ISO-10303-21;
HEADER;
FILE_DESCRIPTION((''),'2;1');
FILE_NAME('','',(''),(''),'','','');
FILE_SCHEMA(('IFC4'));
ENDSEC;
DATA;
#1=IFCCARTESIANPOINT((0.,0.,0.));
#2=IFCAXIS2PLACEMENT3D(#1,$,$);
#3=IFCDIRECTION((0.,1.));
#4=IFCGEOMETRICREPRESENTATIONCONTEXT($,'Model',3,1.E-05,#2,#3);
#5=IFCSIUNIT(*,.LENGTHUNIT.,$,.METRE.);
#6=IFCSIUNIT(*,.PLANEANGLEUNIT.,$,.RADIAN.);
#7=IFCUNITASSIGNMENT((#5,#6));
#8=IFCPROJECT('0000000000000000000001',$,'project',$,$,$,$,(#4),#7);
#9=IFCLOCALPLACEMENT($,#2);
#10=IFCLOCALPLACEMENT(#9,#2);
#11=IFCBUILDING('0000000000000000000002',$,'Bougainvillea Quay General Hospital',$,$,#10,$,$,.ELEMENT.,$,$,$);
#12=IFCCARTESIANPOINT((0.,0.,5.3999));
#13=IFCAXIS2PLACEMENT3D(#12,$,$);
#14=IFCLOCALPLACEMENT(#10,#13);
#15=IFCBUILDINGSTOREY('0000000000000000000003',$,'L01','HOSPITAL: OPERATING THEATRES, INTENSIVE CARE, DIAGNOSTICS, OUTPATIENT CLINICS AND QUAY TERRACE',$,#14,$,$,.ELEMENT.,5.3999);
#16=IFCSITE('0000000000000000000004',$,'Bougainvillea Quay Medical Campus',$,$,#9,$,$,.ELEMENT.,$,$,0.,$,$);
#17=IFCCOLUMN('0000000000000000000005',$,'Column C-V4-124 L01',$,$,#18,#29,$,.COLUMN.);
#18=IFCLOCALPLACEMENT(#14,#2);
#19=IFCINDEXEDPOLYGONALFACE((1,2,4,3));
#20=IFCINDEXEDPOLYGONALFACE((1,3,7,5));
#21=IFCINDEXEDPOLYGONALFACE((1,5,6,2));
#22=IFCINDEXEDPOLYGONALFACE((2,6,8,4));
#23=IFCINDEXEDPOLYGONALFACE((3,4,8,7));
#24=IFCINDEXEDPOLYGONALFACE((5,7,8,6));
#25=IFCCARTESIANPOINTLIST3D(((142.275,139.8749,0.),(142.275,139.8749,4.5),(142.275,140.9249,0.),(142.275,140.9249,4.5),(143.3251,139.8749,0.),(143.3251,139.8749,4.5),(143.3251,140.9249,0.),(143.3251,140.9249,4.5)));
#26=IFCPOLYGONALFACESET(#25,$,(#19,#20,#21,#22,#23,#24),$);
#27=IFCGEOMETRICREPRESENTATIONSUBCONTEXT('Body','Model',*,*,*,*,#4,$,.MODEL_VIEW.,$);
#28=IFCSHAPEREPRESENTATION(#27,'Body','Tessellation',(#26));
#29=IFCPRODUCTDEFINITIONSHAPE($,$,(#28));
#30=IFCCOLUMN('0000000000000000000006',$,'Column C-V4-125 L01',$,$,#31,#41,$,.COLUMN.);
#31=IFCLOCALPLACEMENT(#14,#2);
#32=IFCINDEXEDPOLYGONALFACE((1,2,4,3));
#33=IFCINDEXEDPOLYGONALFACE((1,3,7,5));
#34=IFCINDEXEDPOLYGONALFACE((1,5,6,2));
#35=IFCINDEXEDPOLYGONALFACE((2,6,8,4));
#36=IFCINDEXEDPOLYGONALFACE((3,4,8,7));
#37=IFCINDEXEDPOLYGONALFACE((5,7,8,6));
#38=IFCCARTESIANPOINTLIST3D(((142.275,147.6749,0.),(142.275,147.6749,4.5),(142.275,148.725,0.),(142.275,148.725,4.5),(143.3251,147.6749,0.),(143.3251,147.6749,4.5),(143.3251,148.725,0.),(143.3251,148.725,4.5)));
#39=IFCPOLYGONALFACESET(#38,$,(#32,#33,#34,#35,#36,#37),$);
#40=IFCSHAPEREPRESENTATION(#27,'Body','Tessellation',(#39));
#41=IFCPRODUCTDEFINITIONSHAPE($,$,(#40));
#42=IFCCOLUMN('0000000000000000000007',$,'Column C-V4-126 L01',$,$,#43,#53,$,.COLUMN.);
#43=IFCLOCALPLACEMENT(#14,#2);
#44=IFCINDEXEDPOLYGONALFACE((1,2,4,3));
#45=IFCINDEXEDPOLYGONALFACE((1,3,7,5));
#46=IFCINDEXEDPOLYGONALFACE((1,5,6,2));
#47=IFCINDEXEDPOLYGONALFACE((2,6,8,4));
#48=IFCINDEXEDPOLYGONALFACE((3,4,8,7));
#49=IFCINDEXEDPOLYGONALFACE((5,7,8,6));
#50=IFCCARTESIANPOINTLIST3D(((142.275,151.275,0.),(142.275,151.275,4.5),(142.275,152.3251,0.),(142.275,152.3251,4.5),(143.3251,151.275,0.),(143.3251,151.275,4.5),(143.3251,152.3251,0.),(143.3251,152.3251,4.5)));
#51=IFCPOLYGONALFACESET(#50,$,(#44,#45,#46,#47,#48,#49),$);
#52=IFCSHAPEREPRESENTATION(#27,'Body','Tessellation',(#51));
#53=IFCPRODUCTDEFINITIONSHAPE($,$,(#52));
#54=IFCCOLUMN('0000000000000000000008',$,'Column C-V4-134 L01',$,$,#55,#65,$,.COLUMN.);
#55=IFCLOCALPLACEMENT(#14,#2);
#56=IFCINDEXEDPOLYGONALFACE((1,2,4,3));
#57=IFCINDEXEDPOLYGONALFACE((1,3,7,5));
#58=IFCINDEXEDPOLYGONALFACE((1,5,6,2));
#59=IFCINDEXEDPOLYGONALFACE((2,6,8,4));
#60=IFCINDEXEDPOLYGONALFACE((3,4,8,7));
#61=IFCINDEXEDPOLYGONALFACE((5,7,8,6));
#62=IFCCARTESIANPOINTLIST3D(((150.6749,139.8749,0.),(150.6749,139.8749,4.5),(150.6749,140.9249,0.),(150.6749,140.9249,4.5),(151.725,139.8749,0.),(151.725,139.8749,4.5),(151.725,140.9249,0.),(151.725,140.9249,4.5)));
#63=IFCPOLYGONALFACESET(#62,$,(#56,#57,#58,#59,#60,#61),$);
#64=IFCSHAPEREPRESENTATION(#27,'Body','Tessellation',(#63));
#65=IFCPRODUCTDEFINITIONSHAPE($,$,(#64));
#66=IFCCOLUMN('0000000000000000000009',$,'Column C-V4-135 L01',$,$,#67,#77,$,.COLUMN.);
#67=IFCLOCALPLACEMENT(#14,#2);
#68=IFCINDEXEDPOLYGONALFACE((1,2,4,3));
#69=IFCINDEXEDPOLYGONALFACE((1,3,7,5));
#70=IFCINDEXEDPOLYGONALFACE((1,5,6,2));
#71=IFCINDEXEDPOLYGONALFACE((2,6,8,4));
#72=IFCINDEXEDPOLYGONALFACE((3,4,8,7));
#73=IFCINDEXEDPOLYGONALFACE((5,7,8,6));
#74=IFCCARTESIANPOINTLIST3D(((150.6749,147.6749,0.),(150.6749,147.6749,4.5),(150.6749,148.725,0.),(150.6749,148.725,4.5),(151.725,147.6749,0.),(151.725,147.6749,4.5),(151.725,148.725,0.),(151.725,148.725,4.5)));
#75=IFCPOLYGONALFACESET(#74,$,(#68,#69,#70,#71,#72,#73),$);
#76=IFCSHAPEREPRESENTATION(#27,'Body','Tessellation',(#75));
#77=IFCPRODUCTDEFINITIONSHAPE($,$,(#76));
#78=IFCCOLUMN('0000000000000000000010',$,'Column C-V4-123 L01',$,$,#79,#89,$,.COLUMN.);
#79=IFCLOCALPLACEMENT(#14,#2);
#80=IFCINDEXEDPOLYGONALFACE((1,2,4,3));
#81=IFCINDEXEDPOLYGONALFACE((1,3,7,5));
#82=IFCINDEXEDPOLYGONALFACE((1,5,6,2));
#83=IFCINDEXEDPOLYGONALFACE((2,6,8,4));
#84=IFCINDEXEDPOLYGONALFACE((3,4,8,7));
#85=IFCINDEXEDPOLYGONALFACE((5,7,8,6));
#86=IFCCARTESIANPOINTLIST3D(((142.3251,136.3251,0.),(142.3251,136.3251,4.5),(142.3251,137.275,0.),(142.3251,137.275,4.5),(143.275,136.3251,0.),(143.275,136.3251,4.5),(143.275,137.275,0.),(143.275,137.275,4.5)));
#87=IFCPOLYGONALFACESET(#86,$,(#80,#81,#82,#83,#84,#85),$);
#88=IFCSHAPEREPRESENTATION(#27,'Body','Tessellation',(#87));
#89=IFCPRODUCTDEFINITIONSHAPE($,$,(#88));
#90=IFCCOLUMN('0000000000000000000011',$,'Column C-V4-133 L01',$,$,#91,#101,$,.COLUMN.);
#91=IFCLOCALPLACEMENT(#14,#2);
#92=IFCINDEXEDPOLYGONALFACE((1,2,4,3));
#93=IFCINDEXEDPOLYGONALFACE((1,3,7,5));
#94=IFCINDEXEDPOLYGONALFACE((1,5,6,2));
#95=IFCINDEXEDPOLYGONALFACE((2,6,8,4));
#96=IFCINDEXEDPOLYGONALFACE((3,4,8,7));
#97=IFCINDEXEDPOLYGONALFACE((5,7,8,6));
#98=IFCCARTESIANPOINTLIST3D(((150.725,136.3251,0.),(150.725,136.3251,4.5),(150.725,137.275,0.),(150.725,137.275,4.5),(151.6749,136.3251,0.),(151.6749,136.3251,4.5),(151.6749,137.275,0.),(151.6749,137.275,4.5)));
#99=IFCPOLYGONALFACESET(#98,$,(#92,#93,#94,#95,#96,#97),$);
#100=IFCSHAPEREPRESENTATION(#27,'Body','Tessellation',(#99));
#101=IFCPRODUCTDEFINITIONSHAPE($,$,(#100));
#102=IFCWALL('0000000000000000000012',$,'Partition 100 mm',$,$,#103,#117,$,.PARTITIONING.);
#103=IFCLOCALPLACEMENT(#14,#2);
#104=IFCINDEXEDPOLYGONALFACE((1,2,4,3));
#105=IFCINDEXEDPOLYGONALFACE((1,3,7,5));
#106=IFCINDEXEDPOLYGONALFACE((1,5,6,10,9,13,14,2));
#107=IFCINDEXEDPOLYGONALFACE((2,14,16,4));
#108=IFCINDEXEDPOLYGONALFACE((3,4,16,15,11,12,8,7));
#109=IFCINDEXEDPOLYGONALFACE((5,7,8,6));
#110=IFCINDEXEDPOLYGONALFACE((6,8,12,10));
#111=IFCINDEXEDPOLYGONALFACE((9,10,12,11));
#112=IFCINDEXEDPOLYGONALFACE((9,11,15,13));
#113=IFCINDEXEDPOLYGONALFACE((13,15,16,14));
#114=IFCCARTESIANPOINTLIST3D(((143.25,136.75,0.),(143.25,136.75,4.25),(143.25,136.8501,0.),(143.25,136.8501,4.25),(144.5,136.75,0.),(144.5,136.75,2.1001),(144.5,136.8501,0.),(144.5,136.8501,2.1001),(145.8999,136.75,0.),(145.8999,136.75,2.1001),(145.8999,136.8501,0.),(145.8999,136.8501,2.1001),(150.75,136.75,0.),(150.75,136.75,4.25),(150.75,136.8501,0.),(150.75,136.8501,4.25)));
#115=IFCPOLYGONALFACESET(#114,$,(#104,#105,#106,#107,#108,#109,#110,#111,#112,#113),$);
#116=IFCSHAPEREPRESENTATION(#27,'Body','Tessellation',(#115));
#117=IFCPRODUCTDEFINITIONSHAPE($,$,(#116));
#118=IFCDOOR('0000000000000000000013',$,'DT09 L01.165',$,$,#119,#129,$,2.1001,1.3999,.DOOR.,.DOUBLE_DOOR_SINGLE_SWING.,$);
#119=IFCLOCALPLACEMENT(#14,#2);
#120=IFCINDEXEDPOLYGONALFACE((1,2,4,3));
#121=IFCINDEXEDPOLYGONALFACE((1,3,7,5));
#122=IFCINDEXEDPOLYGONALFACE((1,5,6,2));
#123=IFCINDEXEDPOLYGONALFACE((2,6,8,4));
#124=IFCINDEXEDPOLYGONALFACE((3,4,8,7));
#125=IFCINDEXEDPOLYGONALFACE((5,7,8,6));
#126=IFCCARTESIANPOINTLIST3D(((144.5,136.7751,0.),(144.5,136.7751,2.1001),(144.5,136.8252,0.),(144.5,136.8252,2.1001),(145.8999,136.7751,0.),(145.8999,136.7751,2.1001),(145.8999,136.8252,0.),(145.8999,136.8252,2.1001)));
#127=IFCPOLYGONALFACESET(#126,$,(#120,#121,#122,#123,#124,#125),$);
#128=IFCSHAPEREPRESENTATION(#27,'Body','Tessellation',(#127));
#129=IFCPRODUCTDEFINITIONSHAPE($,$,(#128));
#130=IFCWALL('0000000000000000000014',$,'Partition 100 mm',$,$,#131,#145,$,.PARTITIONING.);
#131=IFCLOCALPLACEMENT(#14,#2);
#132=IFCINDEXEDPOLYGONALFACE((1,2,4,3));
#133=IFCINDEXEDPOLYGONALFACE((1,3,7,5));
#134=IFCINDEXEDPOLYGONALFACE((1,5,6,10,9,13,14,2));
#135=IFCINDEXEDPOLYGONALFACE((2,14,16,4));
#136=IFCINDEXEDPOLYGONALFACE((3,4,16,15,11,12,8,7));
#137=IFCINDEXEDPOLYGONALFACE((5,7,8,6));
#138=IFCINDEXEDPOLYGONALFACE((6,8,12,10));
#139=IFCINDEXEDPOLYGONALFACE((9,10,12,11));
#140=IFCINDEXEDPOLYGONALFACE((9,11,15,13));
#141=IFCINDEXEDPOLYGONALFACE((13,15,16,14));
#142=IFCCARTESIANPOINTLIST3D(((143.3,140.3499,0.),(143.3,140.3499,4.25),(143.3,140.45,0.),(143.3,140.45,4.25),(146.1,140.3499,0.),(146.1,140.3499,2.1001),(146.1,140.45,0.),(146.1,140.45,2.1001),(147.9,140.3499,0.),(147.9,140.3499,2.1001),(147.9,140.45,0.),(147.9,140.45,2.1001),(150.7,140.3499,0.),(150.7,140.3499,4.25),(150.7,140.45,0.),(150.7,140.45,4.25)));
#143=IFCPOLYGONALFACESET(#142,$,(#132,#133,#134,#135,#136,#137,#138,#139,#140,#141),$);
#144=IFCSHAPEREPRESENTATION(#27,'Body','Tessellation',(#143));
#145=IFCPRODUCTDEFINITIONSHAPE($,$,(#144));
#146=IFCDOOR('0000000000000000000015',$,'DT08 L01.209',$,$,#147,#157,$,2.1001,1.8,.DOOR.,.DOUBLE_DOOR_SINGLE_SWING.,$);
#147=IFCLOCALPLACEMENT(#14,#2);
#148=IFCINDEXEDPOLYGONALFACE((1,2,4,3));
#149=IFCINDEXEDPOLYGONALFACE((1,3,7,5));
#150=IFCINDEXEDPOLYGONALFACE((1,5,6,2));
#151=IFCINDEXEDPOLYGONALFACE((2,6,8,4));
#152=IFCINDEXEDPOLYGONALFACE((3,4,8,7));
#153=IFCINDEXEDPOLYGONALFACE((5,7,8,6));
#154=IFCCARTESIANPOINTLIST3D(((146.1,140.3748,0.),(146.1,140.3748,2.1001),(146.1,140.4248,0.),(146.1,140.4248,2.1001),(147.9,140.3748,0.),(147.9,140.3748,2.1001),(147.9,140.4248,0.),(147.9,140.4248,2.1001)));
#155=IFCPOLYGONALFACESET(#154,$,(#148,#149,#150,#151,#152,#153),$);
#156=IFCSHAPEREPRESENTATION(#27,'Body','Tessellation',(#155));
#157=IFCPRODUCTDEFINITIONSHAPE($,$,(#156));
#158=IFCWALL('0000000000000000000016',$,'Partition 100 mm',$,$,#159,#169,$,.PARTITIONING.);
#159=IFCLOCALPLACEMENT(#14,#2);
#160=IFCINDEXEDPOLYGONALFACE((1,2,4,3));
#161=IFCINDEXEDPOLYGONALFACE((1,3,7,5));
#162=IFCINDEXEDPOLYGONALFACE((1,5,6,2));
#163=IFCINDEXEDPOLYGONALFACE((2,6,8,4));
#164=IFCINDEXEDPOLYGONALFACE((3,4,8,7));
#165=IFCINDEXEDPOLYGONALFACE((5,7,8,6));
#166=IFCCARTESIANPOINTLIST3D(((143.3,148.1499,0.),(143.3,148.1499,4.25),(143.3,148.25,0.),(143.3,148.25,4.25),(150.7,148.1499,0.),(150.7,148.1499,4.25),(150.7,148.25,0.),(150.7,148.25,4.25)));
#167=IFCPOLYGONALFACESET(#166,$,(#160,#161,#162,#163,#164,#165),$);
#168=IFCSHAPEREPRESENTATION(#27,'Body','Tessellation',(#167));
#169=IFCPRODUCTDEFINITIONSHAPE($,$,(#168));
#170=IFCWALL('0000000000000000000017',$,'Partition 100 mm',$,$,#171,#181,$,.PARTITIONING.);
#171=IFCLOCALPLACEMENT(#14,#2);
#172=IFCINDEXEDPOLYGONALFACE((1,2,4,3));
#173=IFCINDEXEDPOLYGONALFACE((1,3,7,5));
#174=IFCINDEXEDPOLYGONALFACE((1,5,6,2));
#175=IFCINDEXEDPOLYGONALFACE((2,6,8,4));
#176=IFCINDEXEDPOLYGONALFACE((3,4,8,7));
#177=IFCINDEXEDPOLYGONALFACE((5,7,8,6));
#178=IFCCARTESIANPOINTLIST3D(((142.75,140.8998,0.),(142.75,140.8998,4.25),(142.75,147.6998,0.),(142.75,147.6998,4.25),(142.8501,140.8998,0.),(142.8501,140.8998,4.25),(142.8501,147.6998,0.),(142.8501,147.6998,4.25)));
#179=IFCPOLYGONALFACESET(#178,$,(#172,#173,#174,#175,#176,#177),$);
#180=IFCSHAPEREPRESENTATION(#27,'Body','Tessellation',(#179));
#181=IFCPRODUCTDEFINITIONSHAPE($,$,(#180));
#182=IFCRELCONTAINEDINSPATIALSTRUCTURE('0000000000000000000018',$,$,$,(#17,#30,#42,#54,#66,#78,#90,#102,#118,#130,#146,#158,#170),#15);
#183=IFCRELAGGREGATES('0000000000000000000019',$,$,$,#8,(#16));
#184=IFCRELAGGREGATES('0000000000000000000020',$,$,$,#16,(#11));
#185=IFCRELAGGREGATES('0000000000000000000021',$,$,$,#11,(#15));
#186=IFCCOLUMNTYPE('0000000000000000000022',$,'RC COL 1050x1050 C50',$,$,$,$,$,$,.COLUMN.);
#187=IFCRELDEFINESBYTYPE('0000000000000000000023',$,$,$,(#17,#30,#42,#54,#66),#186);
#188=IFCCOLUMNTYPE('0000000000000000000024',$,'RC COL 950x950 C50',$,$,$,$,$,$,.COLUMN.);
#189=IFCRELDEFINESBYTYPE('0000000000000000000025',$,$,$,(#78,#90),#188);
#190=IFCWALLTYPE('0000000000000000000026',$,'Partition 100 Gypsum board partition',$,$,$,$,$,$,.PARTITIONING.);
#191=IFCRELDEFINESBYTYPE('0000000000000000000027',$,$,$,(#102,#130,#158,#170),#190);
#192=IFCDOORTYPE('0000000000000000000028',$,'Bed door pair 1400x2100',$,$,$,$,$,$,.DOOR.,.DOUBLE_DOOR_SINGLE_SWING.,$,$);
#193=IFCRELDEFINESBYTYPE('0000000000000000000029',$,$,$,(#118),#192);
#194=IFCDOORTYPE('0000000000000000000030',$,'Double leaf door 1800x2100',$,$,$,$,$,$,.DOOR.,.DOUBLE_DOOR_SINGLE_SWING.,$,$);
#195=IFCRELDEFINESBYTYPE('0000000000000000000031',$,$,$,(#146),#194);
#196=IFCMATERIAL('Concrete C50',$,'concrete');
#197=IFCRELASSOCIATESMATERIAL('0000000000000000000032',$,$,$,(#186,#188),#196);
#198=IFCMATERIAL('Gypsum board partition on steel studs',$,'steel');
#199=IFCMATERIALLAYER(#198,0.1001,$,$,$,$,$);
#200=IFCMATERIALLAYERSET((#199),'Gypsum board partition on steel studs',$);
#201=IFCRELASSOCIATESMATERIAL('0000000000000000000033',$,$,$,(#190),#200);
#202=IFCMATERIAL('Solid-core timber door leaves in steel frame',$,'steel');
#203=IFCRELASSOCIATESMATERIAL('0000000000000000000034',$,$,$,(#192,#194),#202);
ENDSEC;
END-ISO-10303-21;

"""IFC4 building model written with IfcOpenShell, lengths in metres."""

from ifc_helpers import new_model, si_unit, direction, frame, frame_2d, origin, origin_2d, place, context, subcontext, project, spatial, rectangle, extrude, material, layer, layer_set, material_profile, profile_set, type_object, element, fill, save


model = new_model("IFC4")

# Units and contexts
model_context = context("Model", 3, precision=1e-05, world=origin(), true_north=direction((0.0, 1.0)))
body_context = subcontext(model_context, "Body", "Model", "MODEL_VIEW")
ifc_project = project(units=[si_unit("LENGTHUNIT", "METRE"), si_unit("PLANEANGLEUNIT", "RADIAN")], contexts=[model_context])

# Site, building, storey
site_placement = place(None, origin())
site = spatial("IfcSite", under=ifc_project, at=site_placement, Name="Bougainvillea Quay Medical Campus", CompositionType="ELEMENT", RefElevation=0.0)
building_placement = place(site_placement, origin())
building = spatial("IfcBuilding", under=site, at=building_placement, Name="Bougainvillea Quay General Hospital", CompositionType="ELEMENT")
storey_placement = place(building_placement, frame((0.0, 0.0, 5.3999)))
storey = spatial("IfcBuildingStorey", under=building, at=storey_placement, Name="L01", Description="HOSPITAL: OPERATING THEATRES, INTENSIVE CARE, DIAGNOSTICS, OUTPATIENT CLINICS AND QUAY TERRACE", CompositionType="ELEMENT", Elevation=5.3999)

# Columns
ifc_material_1 = material(Name="Concrete C50", Category="concrete")
ifc_material_profile_1 = material_profile(ifc_material_1, rectangle(XDim=1.05, YDim=1.05, at=origin_2d()))
ifc_profile_set_1 = profile_set([ifc_material_profile_1], Name="Concrete C50")
column_type_1 = type_object("IfcColumnType", Name="RC COL 1050x1050 C50", PredefinedType="COLUMN", material=ifc_profile_set_1)
for number, where, z_axis, x_axis, name in (
    (1, (142.8, 140.3999, 0.0), (0.0, 0.0, 1.0), (1.0, 0.0, 0.0), "Column C-V4-124 L01"),
    (2, (142.8, 148.2, 0.0), (0.0, 0.0, 1.0), (1.0, 0.0, 0.0), "Column C-V4-125 L01"),
    (3, (142.8, 151.8, 0.0), (0.0, 0.0, 1.0), (1.0, 0.0, 0.0), "Column C-V4-126 L01"),
    (4, (151.2, 140.3999, 0.0), (0.0, 0.0, 1.0), (1.0, 0.0, 0.0), "Column C-V4-134 L01"),
    (5, (151.2, 148.2, 0.0), (0.0, 0.0, 1.0), (1.0, 0.0, 0.0), "Column C-V4-135 L01"),
):
    element("IfcColumn", number, at=place(storey_placement, frame(where, z_axis=z_axis, x_axis=x_axis)), inside=storey, type_object=column_type_1, Name=name, PredefinedType="COLUMN", context=body_context, shape_type="SweptSolid", body=[
        extrude(rectangle(XDim=1.05, YDim=1.05, at=origin_2d()), origin(), (0.0, 0.0, 1.0), 4.5),
    ])
ifc_material_profile_2 = material_profile(ifc_material_1, rectangle(XDim=0.95, YDim=0.95, at=origin_2d()))
ifc_profile_set_2 = profile_set([ifc_material_profile_2], Name="Concrete C50")
column_type_2 = type_object("IfcColumnType", Name="RC COL 950x950 C50", PredefinedType="COLUMN", material=ifc_profile_set_2)
for number, where, z_axis, x_axis, name in (
    (6, (142.8, 136.8, 0.0), (0.0, 0.0, 1.0), (1.0, 0.0, 0.0), "Column C-V4-123 L01"),
    (7, (151.2, 136.8, 0.0), (0.0, 0.0, 1.0), (1.0, 0.0, 0.0), "Column C-V4-133 L01"),
):
    element("IfcColumn", number, at=place(storey_placement, frame(where, z_axis=z_axis, x_axis=x_axis)), inside=storey, type_object=column_type_2, Name=name, PredefinedType="COLUMN", context=body_context, shape_type="SweptSolid", body=[
        extrude(rectangle(XDim=0.95, YDim=0.95, at=origin_2d()), origin(), (0.0, 0.0, 1.0), 4.5),
    ])

# Walls, openings, doors
ifc_material_2 = material(Name="Gypsum board partition on steel studs", Category="steel")
ifc_layer_1 = layer(ifc_material_2, 0.1001)
ifc_layer_set_1 = layer_set([ifc_layer_1], Name="Gypsum board partition on steel studs")
wall_type_1 = type_object("IfcWallType", Name="Partition 100 Gypsum board partition", PredefinedType="PARTITIONING", material=ifc_layer_set_1)
wall_1_placement = place(storey_placement, frame((150.75, 136.8, 0.0), z_axis=(0.0, 0.0, 1.0), x_axis=(-1.0, 0.0, 0.0)))
wall_1 = element("IfcWall", 8, at=wall_1_placement, inside=storey, type_object=wall_type_1, Name="Partition 100 mm", PredefinedType="PARTITIONING", context=body_context, shape_type="SweptSolid", body=[
    extrude(rectangle(XDim=7.5, YDim=0.1001, at=frame_2d((3.75, 0.0))), origin(), (0.0, 0.0, 1.0), 4.25),
])
opening_1_placement = place(wall_1_placement, frame((4.8501, 0.0, 0.0)))
opening_1 = element("IfcOpeningElement", 9, at=opening_1_placement, cuts=wall_1, PredefinedType="OPENING", context=body_context, shape_type="SweptSolid", body=[
    extrude(rectangle(XDim=1.3999, YDim=2.1001, at=frame_2d((0.7, 1.05))), frame((0.0, 0.0601, 0.0), z_axis=(0.0, -1.0, 0.0), x_axis=(1.0, 0.0, 0.0)), (0.0, 0.0, 1.0), 0.1201),
])
ifc_material_3 = material(Name="Solid-core timber door leaves in steel frame", Category="steel")
door_type_1 = type_object("IfcDoorType", Name="Bed door pair 1400x2100", OperationType="DOUBLE_DOOR_SINGLE_SWING", PredefinedType="DOOR", material=ifc_material_3)
door_1_placement = place(opening_1_placement, origin())
door_1 = element("IfcDoor", 10, at=door_1_placement, inside=storey, type_object=door_type_1, Name="DT09 L01.165", OperationType="DOUBLE_DOOR_SINGLE_SWING", OverallHeight=2.1001, OverallWidth=1.3999, PredefinedType="DOOR", context=body_context, shape_type="SweptSolid", body=[
    extrude(rectangle(XDim=1.3999, YDim=2.1001, at=frame_2d((0.7, 1.05))), frame((0.0, 0.0249, 0.0), z_axis=(0.0, -1.0, 0.0), x_axis=(1.0, 0.0, 0.0)), (0.0, 0.0, 1.0), 0.05),
])
fill(opening_1, door_1)
wall_2_placement = place(storey_placement, frame((143.3, 140.3999, 0.0), z_axis=(0.0, 0.0, 1.0), x_axis=(1.0, 0.0, 0.0)))
wall_2 = element("IfcWall", 11, at=wall_2_placement, inside=storey, type_object=wall_type_1, Name="Partition 100 mm", PredefinedType="PARTITIONING", context=body_context, shape_type="SweptSolid", body=[
    extrude(rectangle(XDim=7.3999, YDim=0.1001, at=frame_2d((3.7, 0.0))), origin(), (0.0, 0.0, 1.0), 4.25),
])
opening_2_placement = place(wall_2_placement, frame((2.8, 0.0, 0.0)))
opening_2 = element("IfcOpeningElement", 12, at=opening_2_placement, cuts=wall_2, PredefinedType="OPENING", context=body_context, shape_type="SweptSolid", body=[
    extrude(rectangle(XDim=1.8, YDim=2.1001, at=frame_2d((0.8999, 1.05))), frame((0.0, 0.0601, 0.0), z_axis=(0.0, -1.0, 0.0), x_axis=(1.0, 0.0, 0.0)), (0.0, 0.0, 1.0), 0.1201),
])
door_type_2 = type_object("IfcDoorType", Name="Double leaf door 1800x2100", OperationType="DOUBLE_DOOR_SINGLE_SWING", PredefinedType="DOOR", material=ifc_material_3)
door_2_placement = place(opening_2_placement, origin())
door_2 = element("IfcDoor", 13, at=door_2_placement, inside=storey, type_object=door_type_2, Name="DT08 L01.209", OperationType="DOUBLE_DOOR_SINGLE_SWING", OverallHeight=2.1001, OverallWidth=1.8, PredefinedType="DOOR", context=body_context, shape_type="SweptSolid", body=[
    extrude(rectangle(XDim=1.8, YDim=2.1001, at=frame_2d((0.8999, 1.05))), frame((0.0, 0.0249, 0.0), z_axis=(0.0, -1.0, 0.0), x_axis=(1.0, 0.0, 0.0)), (0.0, 0.0, 1.0), 0.05),
])
fill(opening_2, door_2)

# Walls
wall_3_placement = place(storey_placement, frame((143.3, 148.2, 0.0), z_axis=(0.0, 0.0, 1.0), x_axis=(1.0, 0.0, 0.0)))
element("IfcWall", 14, at=wall_3_placement, inside=storey, type_object=wall_type_1, Name="Partition 100 mm", PredefinedType="PARTITIONING", context=body_context, shape_type="SweptSolid", body=[
    extrude(rectangle(XDim=7.3999, YDim=0.1001, at=frame_2d((3.7, 0.0))), origin(), (0.0, 0.0, 1.0), 4.25),
])
wall_4_placement = place(storey_placement, frame((142.8, 140.8999, 0.0), z_axis=(0.0, 0.0, 1.0), x_axis=(0.0, 1.0, 0.0)))
element("IfcWall", 15, at=wall_4_placement, inside=storey, type_object=wall_type_1, Name="Partition 100 mm", PredefinedType="PARTITIONING", context=body_context, shape_type="SweptSolid", body=[
    extrude(rectangle(XDim=6.8, YDim=0.1001, at=frame_2d((3.3999, 0.0))), origin(), (0.0, 0.0, 1.0), 4.25),
])

save(model, "model.ifc")
